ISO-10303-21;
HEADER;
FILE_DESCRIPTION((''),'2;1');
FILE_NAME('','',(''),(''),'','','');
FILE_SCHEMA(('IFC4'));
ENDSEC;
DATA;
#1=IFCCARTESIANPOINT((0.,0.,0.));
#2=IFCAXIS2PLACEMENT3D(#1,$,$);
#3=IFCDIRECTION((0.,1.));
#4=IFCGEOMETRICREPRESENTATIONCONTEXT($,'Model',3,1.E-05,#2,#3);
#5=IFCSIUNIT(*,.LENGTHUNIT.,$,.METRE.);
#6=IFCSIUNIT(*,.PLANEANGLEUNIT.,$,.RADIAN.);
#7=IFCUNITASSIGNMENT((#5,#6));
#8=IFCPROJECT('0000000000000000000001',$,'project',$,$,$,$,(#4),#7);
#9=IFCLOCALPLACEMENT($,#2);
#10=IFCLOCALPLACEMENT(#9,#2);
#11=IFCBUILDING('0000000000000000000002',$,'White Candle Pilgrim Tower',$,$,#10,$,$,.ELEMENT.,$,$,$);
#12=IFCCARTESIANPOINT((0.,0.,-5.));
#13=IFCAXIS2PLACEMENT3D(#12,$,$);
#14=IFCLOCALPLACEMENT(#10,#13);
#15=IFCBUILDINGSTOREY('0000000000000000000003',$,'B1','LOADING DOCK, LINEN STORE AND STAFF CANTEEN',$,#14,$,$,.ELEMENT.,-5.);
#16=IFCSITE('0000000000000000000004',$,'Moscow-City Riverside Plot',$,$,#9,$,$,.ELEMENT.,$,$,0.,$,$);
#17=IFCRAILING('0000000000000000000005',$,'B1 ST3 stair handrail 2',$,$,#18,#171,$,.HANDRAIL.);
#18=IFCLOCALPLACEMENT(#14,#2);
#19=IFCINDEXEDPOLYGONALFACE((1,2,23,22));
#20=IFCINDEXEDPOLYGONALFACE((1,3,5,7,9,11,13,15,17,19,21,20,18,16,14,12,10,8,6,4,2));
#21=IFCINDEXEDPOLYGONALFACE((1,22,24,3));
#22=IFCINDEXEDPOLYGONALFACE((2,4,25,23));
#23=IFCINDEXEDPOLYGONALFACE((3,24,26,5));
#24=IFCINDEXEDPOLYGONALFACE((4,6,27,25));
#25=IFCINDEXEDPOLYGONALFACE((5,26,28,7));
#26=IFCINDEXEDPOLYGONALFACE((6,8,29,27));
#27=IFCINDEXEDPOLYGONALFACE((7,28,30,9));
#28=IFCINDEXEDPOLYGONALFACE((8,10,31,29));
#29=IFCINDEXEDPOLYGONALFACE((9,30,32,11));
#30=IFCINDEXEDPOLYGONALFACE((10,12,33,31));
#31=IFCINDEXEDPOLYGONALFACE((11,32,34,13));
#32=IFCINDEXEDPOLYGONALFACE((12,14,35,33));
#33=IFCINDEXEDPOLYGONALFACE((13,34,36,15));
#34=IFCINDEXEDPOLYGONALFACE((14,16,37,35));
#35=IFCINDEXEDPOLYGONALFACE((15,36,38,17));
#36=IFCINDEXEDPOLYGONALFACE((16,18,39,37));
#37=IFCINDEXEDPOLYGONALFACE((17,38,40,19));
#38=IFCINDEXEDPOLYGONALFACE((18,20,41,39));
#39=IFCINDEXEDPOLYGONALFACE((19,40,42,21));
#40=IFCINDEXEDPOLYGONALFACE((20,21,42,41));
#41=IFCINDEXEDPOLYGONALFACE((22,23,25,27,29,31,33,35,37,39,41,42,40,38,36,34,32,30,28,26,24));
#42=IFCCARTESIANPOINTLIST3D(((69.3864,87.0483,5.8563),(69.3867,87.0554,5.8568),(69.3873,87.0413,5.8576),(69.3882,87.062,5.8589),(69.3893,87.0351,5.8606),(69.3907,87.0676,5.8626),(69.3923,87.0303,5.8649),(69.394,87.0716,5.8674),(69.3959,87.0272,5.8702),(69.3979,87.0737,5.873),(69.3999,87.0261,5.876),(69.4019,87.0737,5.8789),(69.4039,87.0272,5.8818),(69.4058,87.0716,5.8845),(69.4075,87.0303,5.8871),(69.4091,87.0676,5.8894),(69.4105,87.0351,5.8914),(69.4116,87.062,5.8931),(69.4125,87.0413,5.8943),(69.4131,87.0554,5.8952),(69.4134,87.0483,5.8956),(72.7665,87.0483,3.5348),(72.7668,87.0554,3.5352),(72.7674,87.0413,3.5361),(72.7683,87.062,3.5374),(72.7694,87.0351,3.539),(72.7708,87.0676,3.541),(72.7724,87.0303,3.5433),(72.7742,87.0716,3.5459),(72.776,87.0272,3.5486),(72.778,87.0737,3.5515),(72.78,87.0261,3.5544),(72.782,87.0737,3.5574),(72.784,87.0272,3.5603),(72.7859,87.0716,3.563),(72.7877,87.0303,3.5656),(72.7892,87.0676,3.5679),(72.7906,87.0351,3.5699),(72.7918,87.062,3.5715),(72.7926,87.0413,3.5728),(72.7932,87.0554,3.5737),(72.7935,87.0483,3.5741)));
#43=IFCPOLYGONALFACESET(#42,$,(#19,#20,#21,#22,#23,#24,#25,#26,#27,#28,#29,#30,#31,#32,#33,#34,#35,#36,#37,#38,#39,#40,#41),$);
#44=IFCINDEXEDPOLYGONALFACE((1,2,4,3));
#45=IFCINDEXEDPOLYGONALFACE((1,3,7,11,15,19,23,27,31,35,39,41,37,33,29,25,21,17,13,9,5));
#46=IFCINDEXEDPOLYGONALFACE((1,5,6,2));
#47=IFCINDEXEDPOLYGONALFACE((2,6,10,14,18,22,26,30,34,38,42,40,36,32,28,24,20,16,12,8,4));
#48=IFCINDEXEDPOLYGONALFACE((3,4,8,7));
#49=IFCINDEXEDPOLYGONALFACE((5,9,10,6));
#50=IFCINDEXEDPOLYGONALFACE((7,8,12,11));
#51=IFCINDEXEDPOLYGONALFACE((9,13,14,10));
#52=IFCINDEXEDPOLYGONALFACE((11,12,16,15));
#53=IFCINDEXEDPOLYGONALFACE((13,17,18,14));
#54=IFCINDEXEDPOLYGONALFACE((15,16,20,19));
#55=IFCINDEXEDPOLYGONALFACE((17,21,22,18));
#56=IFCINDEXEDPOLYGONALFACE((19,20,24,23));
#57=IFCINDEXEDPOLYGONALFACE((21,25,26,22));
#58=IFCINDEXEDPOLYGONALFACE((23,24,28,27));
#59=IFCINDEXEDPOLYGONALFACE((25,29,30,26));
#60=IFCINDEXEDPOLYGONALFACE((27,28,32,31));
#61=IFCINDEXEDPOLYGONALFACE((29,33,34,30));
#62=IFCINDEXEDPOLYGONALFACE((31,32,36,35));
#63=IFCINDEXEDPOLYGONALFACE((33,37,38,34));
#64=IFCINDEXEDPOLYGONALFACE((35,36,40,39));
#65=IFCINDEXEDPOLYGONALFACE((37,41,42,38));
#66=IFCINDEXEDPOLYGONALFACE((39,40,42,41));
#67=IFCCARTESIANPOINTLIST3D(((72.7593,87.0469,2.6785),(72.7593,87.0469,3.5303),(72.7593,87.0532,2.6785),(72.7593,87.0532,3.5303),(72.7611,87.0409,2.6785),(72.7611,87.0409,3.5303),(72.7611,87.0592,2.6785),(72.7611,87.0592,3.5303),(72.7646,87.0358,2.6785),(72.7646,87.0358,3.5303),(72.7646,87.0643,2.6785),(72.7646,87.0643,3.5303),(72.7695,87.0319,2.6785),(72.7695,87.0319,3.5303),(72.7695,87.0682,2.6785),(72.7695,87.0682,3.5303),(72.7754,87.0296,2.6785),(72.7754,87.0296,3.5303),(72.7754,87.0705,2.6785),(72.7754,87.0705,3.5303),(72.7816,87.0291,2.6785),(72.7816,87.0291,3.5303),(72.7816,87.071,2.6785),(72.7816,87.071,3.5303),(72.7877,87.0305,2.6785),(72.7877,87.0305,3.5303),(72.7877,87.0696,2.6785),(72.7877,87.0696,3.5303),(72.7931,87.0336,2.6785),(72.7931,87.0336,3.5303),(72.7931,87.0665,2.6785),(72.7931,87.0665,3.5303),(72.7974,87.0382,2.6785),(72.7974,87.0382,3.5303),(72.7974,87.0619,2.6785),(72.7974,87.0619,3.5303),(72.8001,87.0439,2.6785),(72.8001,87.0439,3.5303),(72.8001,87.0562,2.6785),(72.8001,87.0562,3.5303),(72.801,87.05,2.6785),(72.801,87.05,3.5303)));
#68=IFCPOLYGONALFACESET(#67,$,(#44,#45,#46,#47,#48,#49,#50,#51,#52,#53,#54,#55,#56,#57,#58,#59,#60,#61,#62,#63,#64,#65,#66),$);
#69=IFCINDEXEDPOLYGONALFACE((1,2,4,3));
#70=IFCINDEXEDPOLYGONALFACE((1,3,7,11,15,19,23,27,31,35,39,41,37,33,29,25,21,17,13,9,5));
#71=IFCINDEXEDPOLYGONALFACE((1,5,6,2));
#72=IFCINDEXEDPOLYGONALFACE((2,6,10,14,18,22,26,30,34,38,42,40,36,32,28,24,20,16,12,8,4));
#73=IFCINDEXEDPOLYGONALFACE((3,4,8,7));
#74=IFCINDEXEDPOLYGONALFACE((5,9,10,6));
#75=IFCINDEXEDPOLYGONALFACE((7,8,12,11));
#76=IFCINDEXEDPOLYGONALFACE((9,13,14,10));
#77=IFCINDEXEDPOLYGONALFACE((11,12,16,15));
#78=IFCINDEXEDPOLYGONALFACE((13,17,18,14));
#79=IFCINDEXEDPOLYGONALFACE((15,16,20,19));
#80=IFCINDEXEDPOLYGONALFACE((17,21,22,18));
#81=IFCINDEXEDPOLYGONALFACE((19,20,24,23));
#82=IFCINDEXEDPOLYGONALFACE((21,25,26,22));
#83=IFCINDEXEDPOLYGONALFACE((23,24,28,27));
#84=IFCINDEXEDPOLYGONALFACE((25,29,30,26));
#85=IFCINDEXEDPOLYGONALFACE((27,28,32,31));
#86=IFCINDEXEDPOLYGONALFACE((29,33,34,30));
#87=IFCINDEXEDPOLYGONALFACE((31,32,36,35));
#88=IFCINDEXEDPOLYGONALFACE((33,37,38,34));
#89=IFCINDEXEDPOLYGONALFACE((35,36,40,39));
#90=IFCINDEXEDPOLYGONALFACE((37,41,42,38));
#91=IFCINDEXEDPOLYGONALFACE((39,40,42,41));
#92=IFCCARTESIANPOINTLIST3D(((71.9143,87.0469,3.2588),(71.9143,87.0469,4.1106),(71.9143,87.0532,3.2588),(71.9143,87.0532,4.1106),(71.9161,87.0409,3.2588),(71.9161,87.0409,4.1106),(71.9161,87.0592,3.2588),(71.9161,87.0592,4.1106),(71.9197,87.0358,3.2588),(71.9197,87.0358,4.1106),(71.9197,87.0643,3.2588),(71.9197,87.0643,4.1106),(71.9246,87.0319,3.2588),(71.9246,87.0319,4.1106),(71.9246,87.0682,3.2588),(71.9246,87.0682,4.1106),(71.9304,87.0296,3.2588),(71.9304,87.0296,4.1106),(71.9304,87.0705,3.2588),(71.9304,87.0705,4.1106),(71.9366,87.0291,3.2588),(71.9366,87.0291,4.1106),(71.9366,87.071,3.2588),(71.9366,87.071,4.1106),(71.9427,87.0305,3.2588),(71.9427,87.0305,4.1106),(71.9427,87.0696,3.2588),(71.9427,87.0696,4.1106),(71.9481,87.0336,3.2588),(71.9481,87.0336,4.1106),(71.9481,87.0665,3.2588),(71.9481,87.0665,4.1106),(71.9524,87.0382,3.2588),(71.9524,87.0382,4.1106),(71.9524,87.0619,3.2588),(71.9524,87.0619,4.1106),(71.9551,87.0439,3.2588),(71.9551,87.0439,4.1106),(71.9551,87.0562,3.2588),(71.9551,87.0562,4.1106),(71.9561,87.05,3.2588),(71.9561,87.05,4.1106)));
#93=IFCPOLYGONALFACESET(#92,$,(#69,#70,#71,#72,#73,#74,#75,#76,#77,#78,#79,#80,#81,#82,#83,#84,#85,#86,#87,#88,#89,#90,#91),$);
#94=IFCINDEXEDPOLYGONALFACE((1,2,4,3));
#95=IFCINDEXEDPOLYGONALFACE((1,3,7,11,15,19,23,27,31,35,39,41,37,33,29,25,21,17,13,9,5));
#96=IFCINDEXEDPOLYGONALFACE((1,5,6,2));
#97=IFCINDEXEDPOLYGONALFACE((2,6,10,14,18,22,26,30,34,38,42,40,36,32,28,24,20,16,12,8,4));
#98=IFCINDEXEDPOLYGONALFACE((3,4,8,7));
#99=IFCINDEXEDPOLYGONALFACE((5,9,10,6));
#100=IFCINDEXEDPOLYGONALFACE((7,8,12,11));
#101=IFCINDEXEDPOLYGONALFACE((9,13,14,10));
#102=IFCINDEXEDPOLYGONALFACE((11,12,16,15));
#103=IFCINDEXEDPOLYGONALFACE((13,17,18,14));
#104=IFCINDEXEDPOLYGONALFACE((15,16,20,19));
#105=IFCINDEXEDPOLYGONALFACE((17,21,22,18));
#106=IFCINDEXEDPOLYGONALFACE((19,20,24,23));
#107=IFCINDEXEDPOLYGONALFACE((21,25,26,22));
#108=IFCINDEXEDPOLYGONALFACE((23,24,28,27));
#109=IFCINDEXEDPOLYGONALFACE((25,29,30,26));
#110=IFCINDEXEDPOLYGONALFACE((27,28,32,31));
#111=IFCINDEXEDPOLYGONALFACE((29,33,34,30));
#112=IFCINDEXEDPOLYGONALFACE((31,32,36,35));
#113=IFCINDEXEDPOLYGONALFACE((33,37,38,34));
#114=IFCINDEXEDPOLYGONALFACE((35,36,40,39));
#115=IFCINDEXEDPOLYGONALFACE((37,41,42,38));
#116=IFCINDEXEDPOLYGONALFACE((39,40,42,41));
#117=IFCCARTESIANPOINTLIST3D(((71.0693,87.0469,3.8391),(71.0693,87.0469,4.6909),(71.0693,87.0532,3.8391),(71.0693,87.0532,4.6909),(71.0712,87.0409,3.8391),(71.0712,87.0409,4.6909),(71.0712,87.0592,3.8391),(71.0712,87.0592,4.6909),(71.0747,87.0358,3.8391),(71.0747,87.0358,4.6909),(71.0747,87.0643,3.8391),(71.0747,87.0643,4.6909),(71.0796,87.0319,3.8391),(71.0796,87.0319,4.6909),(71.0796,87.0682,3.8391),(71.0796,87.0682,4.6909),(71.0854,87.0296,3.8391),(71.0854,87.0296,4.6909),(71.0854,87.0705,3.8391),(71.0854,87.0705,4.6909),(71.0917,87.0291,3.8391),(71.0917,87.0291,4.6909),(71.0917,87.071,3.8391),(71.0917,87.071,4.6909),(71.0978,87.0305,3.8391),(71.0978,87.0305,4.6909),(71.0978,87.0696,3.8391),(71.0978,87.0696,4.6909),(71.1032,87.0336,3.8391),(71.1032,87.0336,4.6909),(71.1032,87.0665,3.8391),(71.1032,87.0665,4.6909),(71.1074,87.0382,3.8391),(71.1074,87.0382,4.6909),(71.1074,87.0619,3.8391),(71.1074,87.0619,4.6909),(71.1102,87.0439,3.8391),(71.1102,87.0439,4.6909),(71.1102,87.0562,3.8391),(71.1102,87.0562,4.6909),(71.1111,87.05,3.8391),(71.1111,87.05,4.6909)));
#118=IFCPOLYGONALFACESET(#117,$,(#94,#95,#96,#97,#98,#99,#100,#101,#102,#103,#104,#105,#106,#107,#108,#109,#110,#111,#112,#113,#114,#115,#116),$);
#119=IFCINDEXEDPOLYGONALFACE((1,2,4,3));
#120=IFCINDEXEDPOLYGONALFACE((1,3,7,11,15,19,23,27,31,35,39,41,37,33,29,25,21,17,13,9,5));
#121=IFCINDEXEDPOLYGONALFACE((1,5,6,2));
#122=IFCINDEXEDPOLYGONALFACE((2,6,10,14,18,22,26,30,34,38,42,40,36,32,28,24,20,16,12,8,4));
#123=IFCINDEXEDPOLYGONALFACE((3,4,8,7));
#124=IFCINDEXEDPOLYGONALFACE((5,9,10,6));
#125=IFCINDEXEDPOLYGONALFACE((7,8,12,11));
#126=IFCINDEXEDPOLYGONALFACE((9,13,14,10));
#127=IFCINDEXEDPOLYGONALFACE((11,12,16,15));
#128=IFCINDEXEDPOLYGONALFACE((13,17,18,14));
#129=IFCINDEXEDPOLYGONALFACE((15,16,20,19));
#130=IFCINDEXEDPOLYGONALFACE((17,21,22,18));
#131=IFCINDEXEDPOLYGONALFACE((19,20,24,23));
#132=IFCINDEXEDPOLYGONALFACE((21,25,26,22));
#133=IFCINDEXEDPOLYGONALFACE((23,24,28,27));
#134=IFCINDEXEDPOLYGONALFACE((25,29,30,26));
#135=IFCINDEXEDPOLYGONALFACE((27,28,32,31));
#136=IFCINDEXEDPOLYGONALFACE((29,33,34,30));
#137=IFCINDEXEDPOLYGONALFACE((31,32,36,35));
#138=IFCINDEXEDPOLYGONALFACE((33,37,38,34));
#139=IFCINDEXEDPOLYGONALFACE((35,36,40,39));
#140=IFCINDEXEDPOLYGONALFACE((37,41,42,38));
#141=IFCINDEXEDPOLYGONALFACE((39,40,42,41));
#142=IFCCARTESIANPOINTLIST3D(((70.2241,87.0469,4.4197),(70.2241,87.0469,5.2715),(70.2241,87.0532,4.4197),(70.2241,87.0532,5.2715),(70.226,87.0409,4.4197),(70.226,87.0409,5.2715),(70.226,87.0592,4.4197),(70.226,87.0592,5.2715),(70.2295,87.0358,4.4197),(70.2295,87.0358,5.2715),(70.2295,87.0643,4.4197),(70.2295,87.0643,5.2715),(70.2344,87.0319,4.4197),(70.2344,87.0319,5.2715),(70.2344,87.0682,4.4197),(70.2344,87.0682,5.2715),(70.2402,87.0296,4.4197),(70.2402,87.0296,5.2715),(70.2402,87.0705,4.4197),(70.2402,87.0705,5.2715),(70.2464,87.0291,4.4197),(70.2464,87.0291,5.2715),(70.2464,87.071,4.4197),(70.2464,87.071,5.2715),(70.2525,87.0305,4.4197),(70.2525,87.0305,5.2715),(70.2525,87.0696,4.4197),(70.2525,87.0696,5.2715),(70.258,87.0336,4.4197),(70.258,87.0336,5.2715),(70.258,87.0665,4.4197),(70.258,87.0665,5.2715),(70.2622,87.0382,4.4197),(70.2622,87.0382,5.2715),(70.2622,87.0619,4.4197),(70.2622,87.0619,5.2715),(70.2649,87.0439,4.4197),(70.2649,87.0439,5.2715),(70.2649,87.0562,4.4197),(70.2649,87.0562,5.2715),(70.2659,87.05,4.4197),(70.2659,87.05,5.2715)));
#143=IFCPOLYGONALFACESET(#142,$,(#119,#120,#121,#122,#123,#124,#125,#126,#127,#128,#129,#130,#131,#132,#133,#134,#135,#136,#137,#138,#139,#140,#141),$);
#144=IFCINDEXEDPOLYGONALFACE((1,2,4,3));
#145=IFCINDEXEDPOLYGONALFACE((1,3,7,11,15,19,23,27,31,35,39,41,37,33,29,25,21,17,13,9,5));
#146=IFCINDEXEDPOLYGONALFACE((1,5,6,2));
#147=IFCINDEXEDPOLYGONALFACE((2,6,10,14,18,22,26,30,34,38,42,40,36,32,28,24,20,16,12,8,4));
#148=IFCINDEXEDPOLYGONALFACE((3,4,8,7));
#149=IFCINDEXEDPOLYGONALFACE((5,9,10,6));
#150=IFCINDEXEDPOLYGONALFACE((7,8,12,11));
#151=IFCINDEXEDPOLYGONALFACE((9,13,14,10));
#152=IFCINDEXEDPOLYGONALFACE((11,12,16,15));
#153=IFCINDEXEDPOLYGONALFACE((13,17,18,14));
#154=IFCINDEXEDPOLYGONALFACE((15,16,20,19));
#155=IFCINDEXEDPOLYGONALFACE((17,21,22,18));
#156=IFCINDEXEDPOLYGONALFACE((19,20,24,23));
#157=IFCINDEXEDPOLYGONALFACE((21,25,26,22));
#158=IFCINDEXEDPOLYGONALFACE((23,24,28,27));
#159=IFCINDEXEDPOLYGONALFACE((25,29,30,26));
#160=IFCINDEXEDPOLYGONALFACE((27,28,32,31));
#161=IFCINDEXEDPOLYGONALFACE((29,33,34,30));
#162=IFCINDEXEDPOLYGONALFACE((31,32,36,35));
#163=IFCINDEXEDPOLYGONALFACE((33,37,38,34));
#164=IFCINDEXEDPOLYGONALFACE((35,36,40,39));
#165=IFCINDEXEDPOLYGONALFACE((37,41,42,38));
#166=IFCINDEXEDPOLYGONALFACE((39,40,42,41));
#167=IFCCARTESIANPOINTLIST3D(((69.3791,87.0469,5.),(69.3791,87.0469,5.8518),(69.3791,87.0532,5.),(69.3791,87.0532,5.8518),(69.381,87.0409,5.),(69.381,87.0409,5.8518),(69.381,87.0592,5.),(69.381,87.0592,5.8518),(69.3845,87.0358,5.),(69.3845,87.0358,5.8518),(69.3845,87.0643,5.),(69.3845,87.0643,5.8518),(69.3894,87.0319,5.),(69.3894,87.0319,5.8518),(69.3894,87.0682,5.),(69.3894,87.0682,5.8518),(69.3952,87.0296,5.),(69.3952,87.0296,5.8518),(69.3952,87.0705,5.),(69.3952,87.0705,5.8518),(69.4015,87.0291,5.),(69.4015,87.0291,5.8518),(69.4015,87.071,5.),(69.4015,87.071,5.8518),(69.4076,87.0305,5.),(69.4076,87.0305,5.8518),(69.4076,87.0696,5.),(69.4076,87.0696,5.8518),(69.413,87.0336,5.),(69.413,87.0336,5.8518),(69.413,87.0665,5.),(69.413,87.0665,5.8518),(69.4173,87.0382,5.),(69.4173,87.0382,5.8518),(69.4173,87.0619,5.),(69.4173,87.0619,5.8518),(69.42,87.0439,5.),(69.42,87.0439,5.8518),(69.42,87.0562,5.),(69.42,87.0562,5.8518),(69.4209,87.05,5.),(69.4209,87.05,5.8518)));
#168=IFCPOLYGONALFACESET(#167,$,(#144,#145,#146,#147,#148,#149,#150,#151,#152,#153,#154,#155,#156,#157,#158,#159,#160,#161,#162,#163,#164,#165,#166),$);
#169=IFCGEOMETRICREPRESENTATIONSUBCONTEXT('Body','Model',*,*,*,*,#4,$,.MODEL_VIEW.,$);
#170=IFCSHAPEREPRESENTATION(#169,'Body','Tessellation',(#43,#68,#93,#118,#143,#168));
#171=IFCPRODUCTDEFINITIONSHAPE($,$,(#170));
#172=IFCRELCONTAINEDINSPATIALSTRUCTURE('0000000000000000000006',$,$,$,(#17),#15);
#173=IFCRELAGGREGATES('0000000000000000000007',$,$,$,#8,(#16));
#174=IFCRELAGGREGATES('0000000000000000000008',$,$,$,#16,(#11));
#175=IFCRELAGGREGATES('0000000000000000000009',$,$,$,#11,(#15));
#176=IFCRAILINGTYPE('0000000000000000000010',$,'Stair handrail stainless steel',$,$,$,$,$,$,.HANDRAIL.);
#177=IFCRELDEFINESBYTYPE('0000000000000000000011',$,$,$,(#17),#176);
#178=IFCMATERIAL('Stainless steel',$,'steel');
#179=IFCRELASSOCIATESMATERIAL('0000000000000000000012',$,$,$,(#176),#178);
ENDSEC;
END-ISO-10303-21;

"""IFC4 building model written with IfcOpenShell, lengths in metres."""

from ifc_helpers import new_model, si_unit, direction, frame, origin, origin_2d, place, context, subcontext, project, spatial, circle, extrude, material, type_object, element, save


model = new_model("IFC4")

# Units and contexts
model_context = context("Model", 3, precision=1e-05, world=origin(), true_north=direction((0.0, 1.0)))
body_context = subcontext(model_context, "Body", "Model", "MODEL_VIEW")
ifc_project = project(units=[si_unit("LENGTHUNIT", "METRE"), si_unit("PLANEANGLEUNIT", "RADIAN")], contexts=[model_context])

# Site, building, storey
site_placement = place(None, origin())
site = spatial("IfcSite", under=ifc_project, at=site_placement, Name="Moscow-City Riverside Plot", CompositionType="ELEMENT", RefElevation=0.0)
building_placement = place(site_placement, origin())
building = spatial("IfcBuilding", under=site, at=building_placement, Name="White Candle Pilgrim Tower", CompositionType="ELEMENT")
storey_placement = place(building_placement, frame((0.0, 0.0, -5.0)))
storey = spatial("IfcBuildingStorey", under=building, at=storey_placement, Name="B1", Description="LOADING DOCK, LINEN STORE AND STAFF CANTEEN", CompositionType="ELEMENT", Elevation=-5.0)

# Railing
ifc_material_1 = material(Name="Stainless steel", Category="steel")
railing_type_1 = type_object("IfcRailingType", Name="Stair handrail stainless steel", PredefinedType="HANDRAIL", material=ifc_material_1)
railing_1_placement = place(storey_placement, frame((72.78, 87.05, 2.6785)))
element("IfcRailing", 1, at=railing_1_placement, inside=storey, type_object=railing_type_1, Name="B1 ST3 stair handrail 2", PredefinedType="HANDRAIL", context=body_context, shape_type="SweptSolid", body=[
    extrude(circle(Radius=0.0239, at=origin_2d()), frame((0.0, 0.0, 0.876), z_axis=(-0.824304, 0.0, 0.566147), x_axis=(0.0, -1.0, 0.0)), (0.0, 0.0, 1.0), 4.1006),
    extrude(circle(Radius=0.021, at=origin_2d()), origin(), (0.0, 0.0, 1.0), 0.8518),
    extrude(circle(Radius=0.021, at=origin_2d()), frame((-0.845, 0.0, 0.5803)), (0.0, 0.0, 1.0), 0.8518),
    extrude(circle(Radius=0.021, at=origin_2d()), frame((-1.6899, 0.0, 1.1606)), (0.0, 0.0, 1.0), 0.8518),
    extrude(circle(Radius=0.021, at=origin_2d()), frame((-2.5352, 0.0, 1.7412)), (0.0, 0.0, 1.0), 0.8518),
    extrude(circle(Radius=0.021, at=origin_2d()), frame((-3.3801, 0.0, 2.3215)), (0.0, 0.0, 1.0), 0.8518),
])

save(model, "model.ifc")
